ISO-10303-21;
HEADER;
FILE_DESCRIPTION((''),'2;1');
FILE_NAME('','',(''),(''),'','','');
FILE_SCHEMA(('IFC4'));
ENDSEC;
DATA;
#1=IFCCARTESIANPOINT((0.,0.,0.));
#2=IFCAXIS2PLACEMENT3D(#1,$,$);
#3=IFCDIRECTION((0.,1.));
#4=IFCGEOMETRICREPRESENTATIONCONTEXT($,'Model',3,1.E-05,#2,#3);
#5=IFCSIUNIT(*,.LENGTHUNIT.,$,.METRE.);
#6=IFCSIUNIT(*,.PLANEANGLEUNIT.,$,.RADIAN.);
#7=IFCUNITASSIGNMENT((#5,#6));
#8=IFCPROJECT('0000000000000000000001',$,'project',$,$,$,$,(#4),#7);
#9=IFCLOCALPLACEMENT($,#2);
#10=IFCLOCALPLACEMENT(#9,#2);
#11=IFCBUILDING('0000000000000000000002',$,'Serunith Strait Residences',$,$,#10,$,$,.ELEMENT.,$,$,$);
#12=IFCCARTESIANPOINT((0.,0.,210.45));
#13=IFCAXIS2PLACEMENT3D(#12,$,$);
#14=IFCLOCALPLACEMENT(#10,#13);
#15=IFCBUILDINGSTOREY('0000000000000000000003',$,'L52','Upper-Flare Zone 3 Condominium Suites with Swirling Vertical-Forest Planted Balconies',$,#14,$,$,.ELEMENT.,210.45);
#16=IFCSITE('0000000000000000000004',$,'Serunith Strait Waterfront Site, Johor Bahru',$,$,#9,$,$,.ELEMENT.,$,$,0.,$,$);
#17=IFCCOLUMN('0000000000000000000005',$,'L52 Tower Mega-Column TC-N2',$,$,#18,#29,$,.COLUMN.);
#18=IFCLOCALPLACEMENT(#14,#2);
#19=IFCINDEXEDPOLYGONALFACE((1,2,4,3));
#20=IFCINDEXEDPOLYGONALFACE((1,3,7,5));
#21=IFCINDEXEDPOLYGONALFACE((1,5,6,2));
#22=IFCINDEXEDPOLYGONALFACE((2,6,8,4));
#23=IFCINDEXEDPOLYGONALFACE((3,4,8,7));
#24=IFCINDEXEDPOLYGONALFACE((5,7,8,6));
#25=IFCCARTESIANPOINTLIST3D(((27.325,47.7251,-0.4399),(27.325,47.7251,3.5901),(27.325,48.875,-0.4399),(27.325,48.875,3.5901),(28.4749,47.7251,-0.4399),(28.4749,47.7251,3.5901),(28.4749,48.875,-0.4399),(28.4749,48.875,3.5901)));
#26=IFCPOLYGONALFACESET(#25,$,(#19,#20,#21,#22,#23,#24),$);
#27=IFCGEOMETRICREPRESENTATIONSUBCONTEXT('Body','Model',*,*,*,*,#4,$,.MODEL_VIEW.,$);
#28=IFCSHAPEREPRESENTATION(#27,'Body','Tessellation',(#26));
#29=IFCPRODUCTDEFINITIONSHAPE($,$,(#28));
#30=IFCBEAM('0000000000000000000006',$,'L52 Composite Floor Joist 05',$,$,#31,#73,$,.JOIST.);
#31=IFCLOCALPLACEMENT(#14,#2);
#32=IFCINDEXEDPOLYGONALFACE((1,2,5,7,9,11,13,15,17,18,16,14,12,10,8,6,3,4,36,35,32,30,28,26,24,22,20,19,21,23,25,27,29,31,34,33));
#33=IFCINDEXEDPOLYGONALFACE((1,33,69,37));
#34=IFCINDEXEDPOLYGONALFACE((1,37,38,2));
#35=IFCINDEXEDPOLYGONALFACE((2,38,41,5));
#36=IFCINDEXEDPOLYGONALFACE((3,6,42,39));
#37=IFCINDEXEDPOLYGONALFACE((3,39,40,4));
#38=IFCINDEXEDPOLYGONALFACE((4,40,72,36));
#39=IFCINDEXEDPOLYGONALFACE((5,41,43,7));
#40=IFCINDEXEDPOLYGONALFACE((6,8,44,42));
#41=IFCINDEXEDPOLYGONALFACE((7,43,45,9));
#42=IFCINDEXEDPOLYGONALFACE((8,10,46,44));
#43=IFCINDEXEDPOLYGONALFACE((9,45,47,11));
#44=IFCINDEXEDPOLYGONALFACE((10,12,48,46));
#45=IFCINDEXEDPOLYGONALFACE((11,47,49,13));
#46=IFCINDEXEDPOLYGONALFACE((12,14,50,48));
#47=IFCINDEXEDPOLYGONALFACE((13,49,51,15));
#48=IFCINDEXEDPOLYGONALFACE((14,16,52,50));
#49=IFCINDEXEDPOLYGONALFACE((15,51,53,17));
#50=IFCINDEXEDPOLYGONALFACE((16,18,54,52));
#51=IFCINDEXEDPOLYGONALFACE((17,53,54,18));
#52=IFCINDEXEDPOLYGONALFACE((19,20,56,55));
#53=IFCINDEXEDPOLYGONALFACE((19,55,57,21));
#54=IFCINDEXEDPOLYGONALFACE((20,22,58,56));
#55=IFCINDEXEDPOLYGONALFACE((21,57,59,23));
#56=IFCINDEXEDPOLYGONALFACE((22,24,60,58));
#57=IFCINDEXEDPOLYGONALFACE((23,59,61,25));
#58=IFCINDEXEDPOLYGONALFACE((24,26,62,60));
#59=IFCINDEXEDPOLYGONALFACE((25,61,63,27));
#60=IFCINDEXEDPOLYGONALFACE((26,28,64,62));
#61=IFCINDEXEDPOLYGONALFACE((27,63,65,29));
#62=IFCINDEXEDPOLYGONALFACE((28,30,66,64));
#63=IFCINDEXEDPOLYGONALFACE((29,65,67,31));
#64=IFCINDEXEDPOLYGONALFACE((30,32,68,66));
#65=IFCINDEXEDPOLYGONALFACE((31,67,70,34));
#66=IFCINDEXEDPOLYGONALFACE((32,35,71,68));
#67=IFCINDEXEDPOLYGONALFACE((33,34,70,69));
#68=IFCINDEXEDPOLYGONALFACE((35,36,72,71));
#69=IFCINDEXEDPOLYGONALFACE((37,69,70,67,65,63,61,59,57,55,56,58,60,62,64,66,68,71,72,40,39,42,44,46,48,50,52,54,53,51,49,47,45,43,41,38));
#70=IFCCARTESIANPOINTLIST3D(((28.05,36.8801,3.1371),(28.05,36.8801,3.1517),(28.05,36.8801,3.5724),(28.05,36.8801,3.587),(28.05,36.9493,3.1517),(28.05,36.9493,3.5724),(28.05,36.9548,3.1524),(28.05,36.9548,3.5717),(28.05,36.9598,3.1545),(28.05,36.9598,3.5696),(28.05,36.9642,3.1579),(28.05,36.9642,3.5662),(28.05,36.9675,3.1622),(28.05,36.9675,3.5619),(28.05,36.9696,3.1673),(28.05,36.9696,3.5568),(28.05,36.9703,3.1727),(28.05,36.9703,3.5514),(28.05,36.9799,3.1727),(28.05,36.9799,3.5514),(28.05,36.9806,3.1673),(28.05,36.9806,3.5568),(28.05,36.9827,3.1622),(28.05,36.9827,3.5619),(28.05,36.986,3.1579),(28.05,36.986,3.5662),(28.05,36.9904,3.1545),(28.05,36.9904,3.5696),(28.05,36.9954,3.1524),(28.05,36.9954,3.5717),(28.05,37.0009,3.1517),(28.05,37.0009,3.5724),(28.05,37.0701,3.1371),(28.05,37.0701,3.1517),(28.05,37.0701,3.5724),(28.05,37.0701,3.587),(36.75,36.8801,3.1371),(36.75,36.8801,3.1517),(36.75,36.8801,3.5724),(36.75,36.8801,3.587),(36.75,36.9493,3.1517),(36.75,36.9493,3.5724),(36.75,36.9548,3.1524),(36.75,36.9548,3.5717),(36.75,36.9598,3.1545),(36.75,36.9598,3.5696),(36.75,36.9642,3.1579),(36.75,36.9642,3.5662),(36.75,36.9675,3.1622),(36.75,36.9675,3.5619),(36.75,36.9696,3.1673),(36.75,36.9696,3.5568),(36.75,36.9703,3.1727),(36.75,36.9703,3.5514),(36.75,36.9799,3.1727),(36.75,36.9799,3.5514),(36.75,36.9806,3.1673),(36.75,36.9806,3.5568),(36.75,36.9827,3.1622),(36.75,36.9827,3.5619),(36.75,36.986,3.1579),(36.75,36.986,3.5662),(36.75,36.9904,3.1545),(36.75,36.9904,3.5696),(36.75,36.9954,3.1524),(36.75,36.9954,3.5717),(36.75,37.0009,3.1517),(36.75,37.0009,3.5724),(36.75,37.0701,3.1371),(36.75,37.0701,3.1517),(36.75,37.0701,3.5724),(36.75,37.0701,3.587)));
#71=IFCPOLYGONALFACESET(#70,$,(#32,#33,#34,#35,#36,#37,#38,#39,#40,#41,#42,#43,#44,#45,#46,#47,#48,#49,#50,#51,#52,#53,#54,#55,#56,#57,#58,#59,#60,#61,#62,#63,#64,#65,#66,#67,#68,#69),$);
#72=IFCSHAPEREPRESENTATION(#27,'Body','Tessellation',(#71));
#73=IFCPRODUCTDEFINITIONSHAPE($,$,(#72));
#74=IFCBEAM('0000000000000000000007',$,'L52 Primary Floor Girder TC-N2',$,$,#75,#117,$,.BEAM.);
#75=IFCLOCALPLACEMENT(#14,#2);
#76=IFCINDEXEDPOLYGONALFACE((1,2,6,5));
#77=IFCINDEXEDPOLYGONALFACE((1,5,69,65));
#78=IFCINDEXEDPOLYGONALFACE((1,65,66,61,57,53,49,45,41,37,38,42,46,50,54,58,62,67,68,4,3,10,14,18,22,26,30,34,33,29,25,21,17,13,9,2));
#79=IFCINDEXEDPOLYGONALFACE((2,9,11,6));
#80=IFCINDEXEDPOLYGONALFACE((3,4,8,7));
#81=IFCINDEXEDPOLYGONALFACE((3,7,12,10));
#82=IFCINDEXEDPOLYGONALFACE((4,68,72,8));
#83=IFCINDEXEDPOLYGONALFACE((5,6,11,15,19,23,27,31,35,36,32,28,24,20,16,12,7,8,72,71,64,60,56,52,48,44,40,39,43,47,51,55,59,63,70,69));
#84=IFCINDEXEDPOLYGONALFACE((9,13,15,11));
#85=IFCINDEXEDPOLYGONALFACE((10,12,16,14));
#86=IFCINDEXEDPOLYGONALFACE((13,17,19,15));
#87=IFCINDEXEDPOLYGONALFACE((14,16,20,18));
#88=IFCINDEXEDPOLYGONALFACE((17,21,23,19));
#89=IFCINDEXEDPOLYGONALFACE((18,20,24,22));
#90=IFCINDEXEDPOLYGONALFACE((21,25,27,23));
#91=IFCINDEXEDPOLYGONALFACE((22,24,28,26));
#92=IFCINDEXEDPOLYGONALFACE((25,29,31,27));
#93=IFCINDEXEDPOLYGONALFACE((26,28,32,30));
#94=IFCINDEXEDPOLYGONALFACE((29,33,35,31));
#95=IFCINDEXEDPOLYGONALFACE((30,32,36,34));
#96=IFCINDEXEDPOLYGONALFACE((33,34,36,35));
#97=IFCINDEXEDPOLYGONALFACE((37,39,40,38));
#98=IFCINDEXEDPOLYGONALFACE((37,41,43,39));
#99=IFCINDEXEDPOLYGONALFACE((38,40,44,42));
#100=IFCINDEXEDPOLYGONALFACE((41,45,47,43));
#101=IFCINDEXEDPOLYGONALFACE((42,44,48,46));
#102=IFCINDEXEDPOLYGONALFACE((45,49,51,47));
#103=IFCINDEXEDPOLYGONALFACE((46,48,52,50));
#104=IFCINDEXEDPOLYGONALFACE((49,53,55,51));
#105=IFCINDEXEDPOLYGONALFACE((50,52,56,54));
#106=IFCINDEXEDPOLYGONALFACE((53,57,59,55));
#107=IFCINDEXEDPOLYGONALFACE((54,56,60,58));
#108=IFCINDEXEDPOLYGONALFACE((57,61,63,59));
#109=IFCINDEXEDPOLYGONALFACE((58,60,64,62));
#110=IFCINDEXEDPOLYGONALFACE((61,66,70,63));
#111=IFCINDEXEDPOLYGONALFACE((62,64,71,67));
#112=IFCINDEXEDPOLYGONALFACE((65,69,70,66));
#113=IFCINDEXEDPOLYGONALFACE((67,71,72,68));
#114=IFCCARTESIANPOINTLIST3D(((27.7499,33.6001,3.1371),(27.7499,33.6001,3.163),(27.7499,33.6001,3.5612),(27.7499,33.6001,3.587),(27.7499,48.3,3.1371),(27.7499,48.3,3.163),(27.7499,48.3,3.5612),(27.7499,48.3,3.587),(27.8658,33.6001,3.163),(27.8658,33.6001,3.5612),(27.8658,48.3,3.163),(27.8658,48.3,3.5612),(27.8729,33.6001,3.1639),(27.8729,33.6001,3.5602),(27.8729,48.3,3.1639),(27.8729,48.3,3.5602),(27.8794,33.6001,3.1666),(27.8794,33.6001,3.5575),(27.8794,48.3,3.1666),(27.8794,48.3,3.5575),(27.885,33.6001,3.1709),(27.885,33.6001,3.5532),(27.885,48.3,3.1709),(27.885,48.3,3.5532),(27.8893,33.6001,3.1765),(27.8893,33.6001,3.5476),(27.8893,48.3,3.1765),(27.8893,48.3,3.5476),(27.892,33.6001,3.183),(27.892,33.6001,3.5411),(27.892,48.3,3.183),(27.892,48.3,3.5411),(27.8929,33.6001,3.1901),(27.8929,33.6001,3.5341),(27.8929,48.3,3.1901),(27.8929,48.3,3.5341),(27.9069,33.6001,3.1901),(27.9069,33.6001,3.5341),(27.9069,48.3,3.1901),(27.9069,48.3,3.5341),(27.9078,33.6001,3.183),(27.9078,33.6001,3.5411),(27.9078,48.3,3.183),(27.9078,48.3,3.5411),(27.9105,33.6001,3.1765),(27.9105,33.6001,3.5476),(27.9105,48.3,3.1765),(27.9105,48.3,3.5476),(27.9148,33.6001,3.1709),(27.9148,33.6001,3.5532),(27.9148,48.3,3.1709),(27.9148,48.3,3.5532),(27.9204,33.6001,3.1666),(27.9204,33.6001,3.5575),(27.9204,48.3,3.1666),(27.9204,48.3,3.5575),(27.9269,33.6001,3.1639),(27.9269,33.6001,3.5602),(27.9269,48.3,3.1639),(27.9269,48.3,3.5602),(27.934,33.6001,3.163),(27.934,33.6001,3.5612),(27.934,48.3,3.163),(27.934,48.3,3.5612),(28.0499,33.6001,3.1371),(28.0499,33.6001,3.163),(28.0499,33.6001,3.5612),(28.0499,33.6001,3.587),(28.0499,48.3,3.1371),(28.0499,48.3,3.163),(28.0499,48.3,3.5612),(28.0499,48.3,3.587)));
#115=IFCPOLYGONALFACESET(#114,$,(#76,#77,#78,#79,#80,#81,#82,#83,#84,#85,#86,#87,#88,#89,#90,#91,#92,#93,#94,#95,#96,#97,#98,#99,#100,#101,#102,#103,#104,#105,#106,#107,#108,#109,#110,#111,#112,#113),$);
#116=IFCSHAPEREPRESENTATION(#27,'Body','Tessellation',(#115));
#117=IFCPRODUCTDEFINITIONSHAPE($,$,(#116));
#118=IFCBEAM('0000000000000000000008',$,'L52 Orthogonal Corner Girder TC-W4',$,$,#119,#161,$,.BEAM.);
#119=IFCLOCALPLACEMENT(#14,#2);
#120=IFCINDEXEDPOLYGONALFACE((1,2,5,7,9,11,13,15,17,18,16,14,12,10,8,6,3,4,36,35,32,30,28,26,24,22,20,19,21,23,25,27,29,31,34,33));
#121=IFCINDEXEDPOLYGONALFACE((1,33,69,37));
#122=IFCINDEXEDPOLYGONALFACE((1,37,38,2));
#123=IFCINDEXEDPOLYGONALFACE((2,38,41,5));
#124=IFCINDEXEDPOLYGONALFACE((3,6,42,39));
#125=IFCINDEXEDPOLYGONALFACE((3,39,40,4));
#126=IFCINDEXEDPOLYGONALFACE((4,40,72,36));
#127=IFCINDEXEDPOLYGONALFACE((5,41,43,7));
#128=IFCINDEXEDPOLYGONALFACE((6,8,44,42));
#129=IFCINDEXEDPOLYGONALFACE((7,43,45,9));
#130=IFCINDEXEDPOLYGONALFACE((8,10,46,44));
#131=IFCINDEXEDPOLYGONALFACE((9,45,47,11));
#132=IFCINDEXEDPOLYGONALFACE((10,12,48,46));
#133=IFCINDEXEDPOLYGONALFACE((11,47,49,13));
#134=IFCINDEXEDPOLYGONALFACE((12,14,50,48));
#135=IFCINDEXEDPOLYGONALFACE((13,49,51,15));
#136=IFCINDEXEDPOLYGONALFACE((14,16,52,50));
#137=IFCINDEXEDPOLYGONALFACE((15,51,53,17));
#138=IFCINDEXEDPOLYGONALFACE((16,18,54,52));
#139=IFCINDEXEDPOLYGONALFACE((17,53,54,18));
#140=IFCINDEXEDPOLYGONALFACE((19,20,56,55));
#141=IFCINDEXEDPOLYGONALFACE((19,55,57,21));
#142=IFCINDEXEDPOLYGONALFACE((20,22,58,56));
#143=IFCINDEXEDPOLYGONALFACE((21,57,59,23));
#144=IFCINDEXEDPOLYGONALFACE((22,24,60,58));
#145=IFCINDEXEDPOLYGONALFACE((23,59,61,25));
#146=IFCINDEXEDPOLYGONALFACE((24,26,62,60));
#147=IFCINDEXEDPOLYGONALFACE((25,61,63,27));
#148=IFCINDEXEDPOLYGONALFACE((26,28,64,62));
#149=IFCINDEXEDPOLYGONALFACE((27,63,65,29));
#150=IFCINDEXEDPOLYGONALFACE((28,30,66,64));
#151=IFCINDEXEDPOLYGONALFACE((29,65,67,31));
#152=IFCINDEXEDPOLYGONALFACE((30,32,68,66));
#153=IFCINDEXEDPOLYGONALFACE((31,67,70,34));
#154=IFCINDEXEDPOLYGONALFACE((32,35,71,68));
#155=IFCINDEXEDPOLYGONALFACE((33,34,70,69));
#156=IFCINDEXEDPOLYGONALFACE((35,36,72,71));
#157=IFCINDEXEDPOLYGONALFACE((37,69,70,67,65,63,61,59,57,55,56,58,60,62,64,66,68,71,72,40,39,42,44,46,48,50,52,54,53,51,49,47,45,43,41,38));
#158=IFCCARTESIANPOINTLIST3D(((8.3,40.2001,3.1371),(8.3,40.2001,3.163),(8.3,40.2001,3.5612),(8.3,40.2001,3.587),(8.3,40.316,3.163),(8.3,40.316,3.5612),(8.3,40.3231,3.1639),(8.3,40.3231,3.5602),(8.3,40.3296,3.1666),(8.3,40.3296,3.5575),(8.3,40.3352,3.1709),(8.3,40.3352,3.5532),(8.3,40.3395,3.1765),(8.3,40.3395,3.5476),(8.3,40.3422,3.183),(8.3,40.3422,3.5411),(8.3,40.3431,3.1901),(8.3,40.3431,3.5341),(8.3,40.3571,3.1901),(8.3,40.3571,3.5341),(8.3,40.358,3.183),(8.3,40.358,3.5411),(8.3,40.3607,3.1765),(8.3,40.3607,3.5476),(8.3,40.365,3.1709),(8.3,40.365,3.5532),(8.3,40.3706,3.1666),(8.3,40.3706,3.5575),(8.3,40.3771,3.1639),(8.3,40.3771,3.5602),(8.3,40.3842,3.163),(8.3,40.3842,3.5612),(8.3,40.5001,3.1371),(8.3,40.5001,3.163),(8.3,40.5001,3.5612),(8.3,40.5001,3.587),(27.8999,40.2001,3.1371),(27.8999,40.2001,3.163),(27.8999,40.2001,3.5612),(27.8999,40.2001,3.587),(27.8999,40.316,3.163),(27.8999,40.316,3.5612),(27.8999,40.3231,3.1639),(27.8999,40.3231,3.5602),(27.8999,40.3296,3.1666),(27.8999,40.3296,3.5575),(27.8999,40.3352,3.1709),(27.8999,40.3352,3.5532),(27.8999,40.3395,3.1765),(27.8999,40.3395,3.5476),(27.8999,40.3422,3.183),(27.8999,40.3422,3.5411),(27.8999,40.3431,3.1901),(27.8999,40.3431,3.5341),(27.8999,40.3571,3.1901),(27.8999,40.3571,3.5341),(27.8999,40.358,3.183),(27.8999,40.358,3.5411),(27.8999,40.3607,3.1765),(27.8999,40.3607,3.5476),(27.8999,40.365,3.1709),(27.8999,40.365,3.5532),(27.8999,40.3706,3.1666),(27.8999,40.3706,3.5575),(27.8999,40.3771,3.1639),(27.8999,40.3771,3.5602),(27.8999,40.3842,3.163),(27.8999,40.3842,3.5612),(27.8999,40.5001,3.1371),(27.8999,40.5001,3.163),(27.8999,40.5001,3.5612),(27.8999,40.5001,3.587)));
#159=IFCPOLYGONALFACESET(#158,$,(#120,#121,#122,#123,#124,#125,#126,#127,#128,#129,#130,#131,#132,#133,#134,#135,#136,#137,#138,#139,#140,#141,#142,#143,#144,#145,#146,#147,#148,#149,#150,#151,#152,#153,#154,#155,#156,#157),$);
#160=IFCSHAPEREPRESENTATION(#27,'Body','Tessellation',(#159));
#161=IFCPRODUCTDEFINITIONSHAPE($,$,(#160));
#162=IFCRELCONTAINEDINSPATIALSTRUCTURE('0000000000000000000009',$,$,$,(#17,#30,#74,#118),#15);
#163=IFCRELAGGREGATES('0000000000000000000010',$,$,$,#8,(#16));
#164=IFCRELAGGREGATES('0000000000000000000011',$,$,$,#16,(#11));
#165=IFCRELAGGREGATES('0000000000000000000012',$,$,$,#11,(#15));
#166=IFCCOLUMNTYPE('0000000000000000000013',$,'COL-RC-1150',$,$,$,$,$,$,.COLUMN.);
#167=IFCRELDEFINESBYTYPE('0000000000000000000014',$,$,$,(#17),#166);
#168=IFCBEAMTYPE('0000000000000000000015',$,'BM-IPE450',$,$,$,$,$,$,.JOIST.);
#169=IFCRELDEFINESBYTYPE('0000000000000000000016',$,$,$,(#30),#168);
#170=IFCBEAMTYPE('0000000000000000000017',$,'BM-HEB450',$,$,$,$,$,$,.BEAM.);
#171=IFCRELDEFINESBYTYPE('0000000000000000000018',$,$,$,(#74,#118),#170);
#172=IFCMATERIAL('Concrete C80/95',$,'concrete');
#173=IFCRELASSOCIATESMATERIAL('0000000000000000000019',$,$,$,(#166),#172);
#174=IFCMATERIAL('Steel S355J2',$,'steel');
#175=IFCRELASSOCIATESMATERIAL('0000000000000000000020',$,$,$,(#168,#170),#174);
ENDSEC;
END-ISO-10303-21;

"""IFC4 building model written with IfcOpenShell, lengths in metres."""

from ifc_helpers import new_model, si_unit, direction, frame, origin, origin_2d, place, context, subcontext, project, spatial, rectangle, i_section, extrude, source, transform, mapped, material, material_profile, profile_set, type_object, element, save


model = new_model("IFC4")

# Units and contexts
model_context = context("Model", 3, precision=1e-05, world=origin(), true_north=direction((0.0, 1.0)))
body_context = subcontext(model_context, "Body", "Model", "MODEL_VIEW")
ifc_project = project(units=[si_unit("LENGTHUNIT", "METRE"), si_unit("PLANEANGLEUNIT", "RADIAN")], contexts=[model_context])

# Site, building, storey
site_placement = place(None, origin())
site = spatial("IfcSite", under=ifc_project, at=site_placement, Name="Serunith Strait Waterfront Site, Johor Bahru", CompositionType="ELEMENT", RefElevation=0.0)
building_placement = place(site_placement, origin())
building = spatial("IfcBuilding", under=site, at=building_placement, Name="Serunith Strait Residences", CompositionType="ELEMENT")
storey_placement = place(building_placement, frame((0.0, 0.0, 210.45)))
storey = spatial("IfcBuildingStorey", under=building, at=storey_placement, Name="L52", Description="Upper-Flare Zone 3 Condominium Suites with Swirling Vertical-Forest Planted Balconies", CompositionType="ELEMENT", Elevation=210.45)

# Column
ifc_material_1 = material(Name="Concrete C80/95", Category="concrete")
ifc_material_profile_1 = material_profile(ifc_material_1, rectangle(XDim=1.1499, YDim=1.1499, at=origin_2d()), Name="RC 1150x1150")
ifc_profile_set_1 = profile_set([ifc_material_profile_1], Name="Concrete C80/95")
column_type = type_object("IfcColumnType", Name="COL-RC-1150", PredefinedType="COLUMN", material=ifc_profile_set_1)
shared_shape_1 = source(origin(), body_context, "Body", "SweptSolid", [
    extrude(rectangle(XDim=1.1499, YDim=1.1499, at=origin_2d()), origin(), (0.0, 0.0, 1.0), 4.03),
])
column_placement = place(storey_placement, frame((27.8999, 48.3, -0.4399), z_axis=(0.0, 0.0, 1.0), x_axis=(1.0, 0.0, 0.0)))
element("IfcColumn", 1, at=column_placement, inside=storey, type_object=column_type, Name="L52 Tower Mega-Column TC-N2", PredefinedType="COLUMN", context=body_context, shape_type="MappedRepresentation", body=[
    mapped(shared_shape_1, transform((0.0, 0.0, 0.0), scale=1.0)),
])

# Beams
ifc_material_2 = material(Name="Steel S355J2", Category="steel")
ifc_material_profile_2 = material_profile(ifc_material_2, i_section(OverallWidth=0.1899, OverallDepth=0.45, WebThickness=0.0095, FlangeThickness=0.0146, FilletRadius=0.021, at=origin_2d()), Name="IPE 450")
ifc_profile_set_2 = profile_set([ifc_material_profile_2], Name="Steel S355J2")
beam_type_1 = type_object("IfcBeamType", Name="BM-IPE450", PredefinedType="JOIST", material=ifc_profile_set_2)
shared_shape_2 = source(origin(), body_context, "Body", "SweptSolid", [
    extrude(i_section(OverallWidth=0.1899, OverallDepth=0.45, WebThickness=0.0095, FlangeThickness=0.0146, FilletRadius=0.021, at=origin_2d()), origin(), (0.0, 0.0, 1.0), 8.7),
])
beam_1_placement = place(storey_placement, frame((28.05, 36.9751, 3.3621), z_axis=(1.0, 0.0, 0.0), x_axis=(0.0, 1.0, 0.0)))
element("IfcBeam", 2, at=beam_1_placement, inside=storey, type_object=beam_type_1, Name="L52 Composite Floor Joist 05", PredefinedType="JOIST", context=body_context, shape_type="MappedRepresentation", body=[
    mapped(shared_shape_2, transform((0.0, 0.0, 0.0), scale=1.0)),
])
ifc_material_profile_3 = material_profile(ifc_material_2, i_section(OverallWidth=0.3, OverallDepth=0.45, WebThickness=0.0139, FlangeThickness=0.0259, FilletRadius=0.0271, at=origin_2d()), Name="HEB 450")
ifc_profile_set_3 = profile_set([ifc_material_profile_3], Name="Steel S355J2")
beam_type_2 = type_object("IfcBeamType", Name="BM-HEB450", PredefinedType="BEAM", material=ifc_profile_set_3)
shared_shape_3 = source(origin(), body_context, "Body", "SweptSolid", [
    extrude(i_section(OverallWidth=0.3, OverallDepth=0.45, WebThickness=0.0139, FlangeThickness=0.0259, FilletRadius=0.0271, at=origin_2d()), origin(), (0.0, 0.0, 1.0), 14.7),
])
beam_2_placement = place(storey_placement, frame((27.8999, 33.6001, 3.3621), z_axis=(0.0, 1.0, 0.0), x_axis=(-1.0, 0.0, 0.0)))
element("IfcBeam", 3, at=beam_2_placement, inside=storey, type_object=beam_type_2, Name="L52 Primary Floor Girder TC-N2", PredefinedType="BEAM", context=body_context, shape_type="MappedRepresentation", body=[
    mapped(shared_shape_3, transform((0.0, 0.0, 0.0), scale=1.0)),
])
shared_shape_4 = source(origin(), body_context, "Body", "SweptSolid", [
    extrude(i_section(OverallWidth=0.3, OverallDepth=0.45, WebThickness=0.0139, FlangeThickness=0.0259, FilletRadius=0.0271, at=origin_2d()), origin(), (0.0, 0.0, 1.0), 19.5999),
])
beam_3_placement = place(storey_placement, frame((27.8999, 40.3501, 3.3621), z_axis=(-1.0, 0.0, 0.0), x_axis=(0.0, -1.0, 0.0)))
element("IfcBeam", 4, at=beam_3_placement, inside=storey, type_object=beam_type_2, Name="L52 Orthogonal Corner Girder TC-W4", PredefinedType="BEAM", context=body_context, shape_type="MappedRepresentation", body=[
    mapped(shared_shape_4, transform((0.0, 0.0, 0.0), scale=1.0)),
])

save(model, "model.ifc")
